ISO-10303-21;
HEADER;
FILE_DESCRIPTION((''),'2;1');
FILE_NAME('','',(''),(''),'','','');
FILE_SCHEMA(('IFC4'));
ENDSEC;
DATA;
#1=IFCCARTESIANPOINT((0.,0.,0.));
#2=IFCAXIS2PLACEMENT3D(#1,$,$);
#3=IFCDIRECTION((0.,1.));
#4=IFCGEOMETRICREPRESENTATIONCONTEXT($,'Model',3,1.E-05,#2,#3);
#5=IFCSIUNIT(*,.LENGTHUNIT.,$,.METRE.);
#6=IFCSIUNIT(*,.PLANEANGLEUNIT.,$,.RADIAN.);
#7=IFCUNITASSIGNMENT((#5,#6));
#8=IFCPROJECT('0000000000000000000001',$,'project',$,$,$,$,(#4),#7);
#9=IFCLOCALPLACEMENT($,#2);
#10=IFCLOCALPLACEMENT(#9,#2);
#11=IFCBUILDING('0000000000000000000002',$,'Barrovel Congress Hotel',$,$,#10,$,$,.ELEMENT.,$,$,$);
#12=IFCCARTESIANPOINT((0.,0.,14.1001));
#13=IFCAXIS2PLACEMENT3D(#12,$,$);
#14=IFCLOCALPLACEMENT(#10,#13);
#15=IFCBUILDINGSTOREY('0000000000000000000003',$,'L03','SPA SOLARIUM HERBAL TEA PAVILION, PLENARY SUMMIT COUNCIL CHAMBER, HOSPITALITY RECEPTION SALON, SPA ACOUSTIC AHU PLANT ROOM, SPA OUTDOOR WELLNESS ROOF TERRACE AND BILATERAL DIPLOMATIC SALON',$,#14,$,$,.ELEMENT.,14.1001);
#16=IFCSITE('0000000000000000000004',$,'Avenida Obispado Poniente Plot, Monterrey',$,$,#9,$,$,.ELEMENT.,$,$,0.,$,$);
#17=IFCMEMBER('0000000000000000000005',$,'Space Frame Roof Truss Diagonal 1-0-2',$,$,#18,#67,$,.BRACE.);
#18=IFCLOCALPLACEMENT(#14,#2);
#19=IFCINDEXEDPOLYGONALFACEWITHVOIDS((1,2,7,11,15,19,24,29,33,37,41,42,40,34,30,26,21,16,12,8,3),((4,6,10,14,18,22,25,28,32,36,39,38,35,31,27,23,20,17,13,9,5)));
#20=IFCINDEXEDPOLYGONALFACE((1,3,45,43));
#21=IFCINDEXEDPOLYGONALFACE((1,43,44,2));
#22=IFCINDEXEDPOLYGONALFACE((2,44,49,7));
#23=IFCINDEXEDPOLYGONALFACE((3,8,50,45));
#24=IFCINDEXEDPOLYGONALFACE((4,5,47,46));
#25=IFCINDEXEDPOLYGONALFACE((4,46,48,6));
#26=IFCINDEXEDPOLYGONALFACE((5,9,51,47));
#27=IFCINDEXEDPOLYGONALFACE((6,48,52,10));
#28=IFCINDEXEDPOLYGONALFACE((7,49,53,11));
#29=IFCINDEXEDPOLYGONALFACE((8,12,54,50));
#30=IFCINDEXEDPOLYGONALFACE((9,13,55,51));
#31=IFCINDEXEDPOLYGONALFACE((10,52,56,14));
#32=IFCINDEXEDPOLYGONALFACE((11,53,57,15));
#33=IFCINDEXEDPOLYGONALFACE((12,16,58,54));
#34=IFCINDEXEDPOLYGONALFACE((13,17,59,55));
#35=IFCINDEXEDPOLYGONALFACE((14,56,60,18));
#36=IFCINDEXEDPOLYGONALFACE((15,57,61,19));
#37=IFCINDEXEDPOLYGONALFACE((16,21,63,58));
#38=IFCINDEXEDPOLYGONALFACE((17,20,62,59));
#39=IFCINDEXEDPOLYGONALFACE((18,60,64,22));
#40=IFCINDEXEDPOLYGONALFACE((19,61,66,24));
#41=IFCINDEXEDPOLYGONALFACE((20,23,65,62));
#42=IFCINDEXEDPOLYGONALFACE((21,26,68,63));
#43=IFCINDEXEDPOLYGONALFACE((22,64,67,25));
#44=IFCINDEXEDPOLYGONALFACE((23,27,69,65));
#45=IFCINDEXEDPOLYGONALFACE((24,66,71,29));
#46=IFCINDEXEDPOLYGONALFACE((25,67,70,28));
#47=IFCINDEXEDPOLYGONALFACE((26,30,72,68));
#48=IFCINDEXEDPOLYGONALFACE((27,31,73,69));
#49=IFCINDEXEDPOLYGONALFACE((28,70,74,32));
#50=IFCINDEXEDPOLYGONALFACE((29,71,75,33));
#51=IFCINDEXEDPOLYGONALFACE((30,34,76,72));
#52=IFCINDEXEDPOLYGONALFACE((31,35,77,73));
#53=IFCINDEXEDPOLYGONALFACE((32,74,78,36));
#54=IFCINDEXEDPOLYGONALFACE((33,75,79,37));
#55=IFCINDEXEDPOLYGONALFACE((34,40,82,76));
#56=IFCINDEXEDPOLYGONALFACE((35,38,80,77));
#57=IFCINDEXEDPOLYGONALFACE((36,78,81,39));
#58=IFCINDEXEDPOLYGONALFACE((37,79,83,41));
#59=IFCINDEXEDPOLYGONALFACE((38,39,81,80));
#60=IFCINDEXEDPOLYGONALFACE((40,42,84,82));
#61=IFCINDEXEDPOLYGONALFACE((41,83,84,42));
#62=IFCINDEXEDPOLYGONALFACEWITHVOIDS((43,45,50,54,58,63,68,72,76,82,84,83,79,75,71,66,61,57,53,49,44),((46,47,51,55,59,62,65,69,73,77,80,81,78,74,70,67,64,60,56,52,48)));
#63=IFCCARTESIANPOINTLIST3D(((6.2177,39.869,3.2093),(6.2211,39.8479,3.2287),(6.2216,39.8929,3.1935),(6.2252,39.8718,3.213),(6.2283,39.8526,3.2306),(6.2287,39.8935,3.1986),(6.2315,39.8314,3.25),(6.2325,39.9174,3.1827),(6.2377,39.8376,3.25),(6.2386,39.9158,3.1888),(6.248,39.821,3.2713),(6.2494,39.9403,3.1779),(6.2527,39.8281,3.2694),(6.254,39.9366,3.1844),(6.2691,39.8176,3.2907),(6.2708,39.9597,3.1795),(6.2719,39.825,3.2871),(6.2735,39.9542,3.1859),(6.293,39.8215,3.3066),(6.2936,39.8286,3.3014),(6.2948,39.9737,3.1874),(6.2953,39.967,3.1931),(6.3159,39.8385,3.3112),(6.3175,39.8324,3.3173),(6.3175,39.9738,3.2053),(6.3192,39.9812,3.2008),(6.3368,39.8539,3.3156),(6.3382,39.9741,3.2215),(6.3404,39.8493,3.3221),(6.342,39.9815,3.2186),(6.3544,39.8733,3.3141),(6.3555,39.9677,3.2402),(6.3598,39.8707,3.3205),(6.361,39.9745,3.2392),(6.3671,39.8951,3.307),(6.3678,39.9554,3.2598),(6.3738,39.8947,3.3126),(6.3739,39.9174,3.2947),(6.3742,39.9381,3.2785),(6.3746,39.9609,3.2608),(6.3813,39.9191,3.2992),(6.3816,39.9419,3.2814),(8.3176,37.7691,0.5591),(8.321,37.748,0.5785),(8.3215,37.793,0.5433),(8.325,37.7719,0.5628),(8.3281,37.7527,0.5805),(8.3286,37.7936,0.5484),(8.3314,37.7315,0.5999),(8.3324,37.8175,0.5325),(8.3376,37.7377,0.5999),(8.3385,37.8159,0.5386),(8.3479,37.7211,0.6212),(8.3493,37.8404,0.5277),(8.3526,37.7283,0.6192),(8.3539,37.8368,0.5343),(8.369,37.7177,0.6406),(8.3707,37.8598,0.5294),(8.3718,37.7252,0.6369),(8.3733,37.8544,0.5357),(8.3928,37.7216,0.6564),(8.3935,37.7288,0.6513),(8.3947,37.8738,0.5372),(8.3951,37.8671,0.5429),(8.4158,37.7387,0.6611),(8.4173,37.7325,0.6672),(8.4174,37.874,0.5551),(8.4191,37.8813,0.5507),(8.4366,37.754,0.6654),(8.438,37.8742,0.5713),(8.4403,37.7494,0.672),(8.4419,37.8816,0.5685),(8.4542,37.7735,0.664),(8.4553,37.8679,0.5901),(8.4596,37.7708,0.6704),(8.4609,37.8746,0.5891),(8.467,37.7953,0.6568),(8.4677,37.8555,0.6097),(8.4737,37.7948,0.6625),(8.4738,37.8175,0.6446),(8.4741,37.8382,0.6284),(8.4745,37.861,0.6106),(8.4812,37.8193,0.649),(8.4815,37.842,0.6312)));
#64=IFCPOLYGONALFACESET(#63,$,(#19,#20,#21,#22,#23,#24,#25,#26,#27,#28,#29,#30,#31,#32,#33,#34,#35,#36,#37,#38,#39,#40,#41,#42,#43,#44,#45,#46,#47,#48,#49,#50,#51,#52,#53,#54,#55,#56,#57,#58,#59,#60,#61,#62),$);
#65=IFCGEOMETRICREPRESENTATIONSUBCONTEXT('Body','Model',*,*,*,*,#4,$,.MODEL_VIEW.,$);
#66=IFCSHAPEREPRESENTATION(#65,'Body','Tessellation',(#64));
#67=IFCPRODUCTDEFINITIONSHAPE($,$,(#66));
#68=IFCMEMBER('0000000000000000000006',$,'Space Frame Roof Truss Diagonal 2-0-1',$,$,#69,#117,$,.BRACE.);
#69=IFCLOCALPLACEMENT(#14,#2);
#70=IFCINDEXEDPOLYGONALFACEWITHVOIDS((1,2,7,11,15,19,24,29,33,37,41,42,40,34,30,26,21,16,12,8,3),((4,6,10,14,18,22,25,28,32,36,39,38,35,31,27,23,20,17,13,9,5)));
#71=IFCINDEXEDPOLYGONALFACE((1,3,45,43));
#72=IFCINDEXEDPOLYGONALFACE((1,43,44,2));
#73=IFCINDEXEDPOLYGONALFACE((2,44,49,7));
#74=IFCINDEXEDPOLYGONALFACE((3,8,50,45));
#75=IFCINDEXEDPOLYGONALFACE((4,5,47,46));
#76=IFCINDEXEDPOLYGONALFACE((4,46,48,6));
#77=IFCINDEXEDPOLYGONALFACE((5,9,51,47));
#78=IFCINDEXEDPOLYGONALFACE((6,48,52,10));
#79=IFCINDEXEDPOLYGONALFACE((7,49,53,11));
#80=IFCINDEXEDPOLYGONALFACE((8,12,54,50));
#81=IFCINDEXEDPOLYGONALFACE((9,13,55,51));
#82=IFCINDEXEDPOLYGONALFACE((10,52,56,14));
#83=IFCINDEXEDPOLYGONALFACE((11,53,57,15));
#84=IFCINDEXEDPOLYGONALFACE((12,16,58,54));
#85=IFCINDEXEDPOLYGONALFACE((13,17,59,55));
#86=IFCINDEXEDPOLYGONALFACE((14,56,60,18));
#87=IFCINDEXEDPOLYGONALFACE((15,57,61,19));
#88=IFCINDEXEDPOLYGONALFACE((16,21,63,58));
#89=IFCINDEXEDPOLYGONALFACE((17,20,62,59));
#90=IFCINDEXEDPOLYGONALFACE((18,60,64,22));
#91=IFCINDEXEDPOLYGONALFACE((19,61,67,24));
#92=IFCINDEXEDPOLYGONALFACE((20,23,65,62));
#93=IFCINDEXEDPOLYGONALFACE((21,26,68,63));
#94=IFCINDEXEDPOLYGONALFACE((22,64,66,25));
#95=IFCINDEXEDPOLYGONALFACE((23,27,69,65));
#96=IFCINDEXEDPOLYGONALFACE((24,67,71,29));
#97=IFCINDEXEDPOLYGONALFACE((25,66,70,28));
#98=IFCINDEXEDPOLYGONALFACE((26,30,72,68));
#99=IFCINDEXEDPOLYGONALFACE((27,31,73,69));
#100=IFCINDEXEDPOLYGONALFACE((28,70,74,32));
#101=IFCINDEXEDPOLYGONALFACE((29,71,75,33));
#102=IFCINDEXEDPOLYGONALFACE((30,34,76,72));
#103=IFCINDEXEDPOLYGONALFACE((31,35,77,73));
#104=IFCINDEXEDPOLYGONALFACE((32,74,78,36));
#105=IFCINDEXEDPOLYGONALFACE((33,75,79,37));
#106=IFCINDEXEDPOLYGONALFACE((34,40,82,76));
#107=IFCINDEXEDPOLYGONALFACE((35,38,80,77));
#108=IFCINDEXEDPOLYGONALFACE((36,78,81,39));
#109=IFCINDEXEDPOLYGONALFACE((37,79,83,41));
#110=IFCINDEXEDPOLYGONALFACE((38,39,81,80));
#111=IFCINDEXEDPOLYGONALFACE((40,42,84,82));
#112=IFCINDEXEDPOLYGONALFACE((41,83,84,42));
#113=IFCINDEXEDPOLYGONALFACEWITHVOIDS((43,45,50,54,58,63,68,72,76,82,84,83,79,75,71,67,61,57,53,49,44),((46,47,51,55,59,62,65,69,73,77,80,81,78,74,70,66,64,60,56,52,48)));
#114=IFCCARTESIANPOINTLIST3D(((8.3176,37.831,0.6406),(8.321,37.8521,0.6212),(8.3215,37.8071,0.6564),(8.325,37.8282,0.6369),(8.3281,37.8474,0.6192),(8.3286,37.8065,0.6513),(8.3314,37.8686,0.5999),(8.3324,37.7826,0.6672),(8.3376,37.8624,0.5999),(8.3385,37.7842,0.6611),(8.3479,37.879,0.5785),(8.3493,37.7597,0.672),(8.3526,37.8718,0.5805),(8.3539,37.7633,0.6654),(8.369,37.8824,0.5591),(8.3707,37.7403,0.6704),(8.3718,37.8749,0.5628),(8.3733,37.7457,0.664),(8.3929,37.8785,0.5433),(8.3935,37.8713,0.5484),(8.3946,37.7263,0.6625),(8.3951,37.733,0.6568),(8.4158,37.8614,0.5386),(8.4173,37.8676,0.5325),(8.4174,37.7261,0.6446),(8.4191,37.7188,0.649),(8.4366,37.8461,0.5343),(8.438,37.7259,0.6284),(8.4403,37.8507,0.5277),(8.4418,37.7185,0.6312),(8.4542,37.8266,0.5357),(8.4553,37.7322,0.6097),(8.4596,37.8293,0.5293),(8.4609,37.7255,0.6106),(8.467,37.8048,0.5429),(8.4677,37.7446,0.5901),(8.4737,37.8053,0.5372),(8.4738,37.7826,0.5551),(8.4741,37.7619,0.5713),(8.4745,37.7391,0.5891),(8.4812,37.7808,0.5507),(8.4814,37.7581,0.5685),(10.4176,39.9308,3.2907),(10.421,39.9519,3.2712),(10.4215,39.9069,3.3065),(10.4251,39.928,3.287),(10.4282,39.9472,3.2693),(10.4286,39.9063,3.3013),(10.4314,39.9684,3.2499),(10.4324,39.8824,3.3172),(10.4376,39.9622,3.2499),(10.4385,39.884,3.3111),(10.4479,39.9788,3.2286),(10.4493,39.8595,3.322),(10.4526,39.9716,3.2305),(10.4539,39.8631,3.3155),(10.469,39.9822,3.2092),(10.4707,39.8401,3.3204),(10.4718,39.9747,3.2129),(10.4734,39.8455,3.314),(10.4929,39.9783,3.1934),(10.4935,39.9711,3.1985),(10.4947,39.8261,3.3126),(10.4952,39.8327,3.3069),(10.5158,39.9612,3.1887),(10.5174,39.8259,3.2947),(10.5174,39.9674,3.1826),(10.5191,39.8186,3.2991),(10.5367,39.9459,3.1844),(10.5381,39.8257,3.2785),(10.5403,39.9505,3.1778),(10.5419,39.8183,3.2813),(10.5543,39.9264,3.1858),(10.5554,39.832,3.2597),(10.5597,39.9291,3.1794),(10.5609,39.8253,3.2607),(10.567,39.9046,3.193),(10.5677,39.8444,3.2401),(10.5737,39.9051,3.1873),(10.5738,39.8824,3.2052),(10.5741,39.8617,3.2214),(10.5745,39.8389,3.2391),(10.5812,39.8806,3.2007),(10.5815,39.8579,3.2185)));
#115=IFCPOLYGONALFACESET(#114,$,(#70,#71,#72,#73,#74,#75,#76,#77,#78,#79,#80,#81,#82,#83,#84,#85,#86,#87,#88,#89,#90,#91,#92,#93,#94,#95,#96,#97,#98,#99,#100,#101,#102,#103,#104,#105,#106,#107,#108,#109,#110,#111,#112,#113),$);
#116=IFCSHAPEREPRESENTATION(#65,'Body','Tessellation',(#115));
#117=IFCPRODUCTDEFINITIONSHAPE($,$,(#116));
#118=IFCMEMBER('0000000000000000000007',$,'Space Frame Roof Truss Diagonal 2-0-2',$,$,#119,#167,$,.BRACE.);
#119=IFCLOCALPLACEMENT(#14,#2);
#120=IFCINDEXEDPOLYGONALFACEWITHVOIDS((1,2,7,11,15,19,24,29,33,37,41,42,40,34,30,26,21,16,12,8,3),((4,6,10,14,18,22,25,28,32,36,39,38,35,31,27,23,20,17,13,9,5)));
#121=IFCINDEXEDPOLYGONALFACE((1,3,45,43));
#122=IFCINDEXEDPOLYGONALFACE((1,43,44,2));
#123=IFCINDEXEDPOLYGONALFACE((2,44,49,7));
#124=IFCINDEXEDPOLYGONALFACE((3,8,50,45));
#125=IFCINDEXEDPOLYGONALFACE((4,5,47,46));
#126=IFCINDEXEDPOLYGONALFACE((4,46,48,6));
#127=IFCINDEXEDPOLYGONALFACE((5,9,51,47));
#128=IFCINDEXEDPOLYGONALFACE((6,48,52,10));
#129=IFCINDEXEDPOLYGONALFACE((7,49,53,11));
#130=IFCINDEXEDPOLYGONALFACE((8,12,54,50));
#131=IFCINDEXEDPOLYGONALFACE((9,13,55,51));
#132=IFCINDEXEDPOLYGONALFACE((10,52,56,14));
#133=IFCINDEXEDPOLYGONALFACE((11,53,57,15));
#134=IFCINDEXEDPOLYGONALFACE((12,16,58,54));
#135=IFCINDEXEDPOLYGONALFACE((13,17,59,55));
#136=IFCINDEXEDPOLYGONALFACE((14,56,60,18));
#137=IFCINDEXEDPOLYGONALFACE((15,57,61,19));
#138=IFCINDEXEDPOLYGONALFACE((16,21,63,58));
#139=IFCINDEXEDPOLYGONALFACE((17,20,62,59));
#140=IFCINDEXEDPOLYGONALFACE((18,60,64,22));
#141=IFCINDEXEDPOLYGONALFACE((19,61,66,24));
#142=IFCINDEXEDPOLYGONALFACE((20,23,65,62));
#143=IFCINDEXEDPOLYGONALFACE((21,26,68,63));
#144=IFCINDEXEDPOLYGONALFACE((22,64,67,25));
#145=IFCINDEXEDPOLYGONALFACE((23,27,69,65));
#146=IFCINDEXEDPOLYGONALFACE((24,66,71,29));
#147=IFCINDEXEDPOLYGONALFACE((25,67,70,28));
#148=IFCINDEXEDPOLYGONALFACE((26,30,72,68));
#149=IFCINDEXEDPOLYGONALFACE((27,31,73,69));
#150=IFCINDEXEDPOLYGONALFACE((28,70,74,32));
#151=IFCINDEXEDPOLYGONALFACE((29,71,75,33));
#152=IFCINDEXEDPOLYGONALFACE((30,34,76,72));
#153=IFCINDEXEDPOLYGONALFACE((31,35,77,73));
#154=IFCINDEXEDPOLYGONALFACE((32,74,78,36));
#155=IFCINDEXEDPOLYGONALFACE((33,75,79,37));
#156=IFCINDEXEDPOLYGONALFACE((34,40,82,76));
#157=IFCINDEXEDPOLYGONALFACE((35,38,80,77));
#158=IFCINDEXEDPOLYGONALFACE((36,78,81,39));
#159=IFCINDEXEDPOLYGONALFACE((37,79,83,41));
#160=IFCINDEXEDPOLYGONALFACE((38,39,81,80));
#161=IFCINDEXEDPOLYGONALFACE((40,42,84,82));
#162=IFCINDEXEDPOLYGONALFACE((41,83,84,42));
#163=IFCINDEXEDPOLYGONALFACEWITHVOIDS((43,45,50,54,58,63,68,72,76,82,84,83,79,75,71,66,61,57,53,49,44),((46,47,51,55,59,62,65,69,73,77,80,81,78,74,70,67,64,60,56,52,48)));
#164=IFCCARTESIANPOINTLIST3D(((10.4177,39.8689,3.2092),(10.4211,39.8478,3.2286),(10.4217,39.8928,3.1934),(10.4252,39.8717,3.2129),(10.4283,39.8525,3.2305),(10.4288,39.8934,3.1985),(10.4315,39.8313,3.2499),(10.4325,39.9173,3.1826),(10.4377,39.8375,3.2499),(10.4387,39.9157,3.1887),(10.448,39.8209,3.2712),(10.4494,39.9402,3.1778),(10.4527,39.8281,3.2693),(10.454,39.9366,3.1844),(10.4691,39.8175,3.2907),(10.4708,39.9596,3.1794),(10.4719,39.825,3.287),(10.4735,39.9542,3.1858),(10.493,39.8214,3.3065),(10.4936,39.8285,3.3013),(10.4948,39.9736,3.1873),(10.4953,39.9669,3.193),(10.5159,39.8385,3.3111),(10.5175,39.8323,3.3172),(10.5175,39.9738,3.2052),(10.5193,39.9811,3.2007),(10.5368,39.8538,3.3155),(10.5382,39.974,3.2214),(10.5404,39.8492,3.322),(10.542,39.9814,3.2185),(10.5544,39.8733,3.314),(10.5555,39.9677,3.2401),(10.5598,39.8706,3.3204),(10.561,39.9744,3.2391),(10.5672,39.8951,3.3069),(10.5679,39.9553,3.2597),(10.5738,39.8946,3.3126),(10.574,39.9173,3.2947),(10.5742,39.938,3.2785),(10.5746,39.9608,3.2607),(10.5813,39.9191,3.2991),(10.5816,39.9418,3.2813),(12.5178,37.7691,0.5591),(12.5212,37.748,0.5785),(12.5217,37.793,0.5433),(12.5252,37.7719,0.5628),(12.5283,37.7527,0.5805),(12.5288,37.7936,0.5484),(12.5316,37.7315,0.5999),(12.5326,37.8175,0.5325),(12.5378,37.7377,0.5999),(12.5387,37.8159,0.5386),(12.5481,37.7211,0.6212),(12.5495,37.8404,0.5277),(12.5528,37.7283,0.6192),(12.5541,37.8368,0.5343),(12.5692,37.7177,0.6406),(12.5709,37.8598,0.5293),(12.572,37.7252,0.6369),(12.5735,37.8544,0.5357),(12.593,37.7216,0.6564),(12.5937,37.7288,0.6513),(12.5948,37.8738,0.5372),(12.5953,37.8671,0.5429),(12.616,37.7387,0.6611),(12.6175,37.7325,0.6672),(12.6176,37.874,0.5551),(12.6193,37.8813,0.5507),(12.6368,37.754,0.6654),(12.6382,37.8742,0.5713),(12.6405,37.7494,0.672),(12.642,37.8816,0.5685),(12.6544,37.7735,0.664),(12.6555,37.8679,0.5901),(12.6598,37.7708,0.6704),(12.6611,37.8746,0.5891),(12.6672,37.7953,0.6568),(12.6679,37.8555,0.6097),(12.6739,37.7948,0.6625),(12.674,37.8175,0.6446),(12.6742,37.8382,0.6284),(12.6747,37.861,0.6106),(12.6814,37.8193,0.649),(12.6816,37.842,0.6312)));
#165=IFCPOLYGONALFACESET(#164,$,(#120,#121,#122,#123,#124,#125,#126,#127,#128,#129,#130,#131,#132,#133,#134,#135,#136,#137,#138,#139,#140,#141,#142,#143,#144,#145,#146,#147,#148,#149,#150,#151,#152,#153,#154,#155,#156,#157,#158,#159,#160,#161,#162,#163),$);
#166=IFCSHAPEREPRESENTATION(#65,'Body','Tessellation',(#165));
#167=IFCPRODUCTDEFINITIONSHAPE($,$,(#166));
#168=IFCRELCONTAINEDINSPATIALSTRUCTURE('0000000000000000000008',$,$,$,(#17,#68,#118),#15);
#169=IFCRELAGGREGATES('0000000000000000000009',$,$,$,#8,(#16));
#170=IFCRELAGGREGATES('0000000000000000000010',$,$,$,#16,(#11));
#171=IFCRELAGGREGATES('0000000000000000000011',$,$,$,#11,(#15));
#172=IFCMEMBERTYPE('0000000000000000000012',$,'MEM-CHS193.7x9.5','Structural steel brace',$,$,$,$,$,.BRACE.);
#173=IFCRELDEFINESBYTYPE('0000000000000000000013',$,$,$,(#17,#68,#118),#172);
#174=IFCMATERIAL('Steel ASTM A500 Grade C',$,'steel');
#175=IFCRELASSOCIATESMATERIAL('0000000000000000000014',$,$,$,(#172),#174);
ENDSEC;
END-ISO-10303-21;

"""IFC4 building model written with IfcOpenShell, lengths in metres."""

from ifc_helpers import new_model, si_unit, direction, frame, origin, origin_2d, place, context, subcontext, project, spatial, hollow_circle, extrude, material, material_profile, profile_set, type_object, element, save


model = new_model("IFC4")

# Units and contexts
model_context = context("Model", 3, precision=1e-05, world=origin(), true_north=direction((0.0, 1.0)))
body_context = subcontext(model_context, "Body", "Model", "MODEL_VIEW")
ifc_project = project(units=[si_unit("LENGTHUNIT", "METRE"), si_unit("PLANEANGLEUNIT", "RADIAN")], contexts=[model_context])

# Site, building, storey
site_placement = place(None, origin())
site = spatial("IfcSite", under=ifc_project, at=site_placement, Name="Avenida Obispado Poniente Plot, Monterrey", CompositionType="ELEMENT", RefElevation=0.0)
building_placement = place(site_placement, origin())
building = spatial("IfcBuilding", under=site, at=building_placement, Name="Barrovel Congress Hotel", CompositionType="ELEMENT")
storey_placement = place(building_placement, frame((0.0, 0.0, 14.1001)))
storey = spatial("IfcBuildingStorey", under=building, at=storey_placement, Name="L03", Description="SPA SOLARIUM HERBAL TEA PAVILION, PLENARY SUMMIT COUNCIL CHAMBER, HOSPITALITY RECEPTION SALON, SPA ACOUSTIC AHU PLANT ROOM, SPA OUTDOOR WELLNESS ROOF TERRACE AND BILATERAL DIPLOMATIC SALON", CompositionType="ELEMENT", Elevation=14.1001)

# Members
ifc_material_1 = material(Name="Steel ASTM A500 Grade C", Category="steel")
ifc_material_profile_1 = material_profile(ifc_material_1, hollow_circle(Radius=0.0969, WallThickness=0.0088, at=origin_2d()), Name="CHS193.7x9.5")
ifc_profile_set_1 = profile_set([ifc_material_profile_1], Name="Steel ASTM A500 Grade C")
member_type_1 = type_object("IfcMemberType", Name="MEM-CHS193.7x9.5", Description="Structural steel brace", PredefinedType="BRACE", material=ifc_profile_set_1)
for number, where, z_axis, x_axis, name in (
    (1, (8.3999, 37.8, 0.5999), (-0.527574, 0.527574, 0.665831), (-0.707107, -0.707107, 0.0), "Space Frame Roof Truss Diagonal 1-0-2"),
    (2, (8.3999, 37.8, 0.5999), (0.527618, 0.527557, 0.66581), (-0.707066, 0.707148, 0.0), "Space Frame Roof Truss Diagonal 2-0-1"),
    (3, (12.6001, 37.8, 0.5999), (-0.527618, 0.527557, 0.66581), (-0.707066, -0.707148, 0.0), "Space Frame Roof Truss Diagonal 2-0-2"),
):
    element("IfcMember", number, at=place(storey_placement, frame(where, z_axis=z_axis, x_axis=x_axis)), inside=storey, type_object=member_type_1, Name=name, PredefinedType="BRACE", context=body_context, shape_type="SweptSolid", body=[
        extrude(hollow_circle(Radius=0.0969, WallThickness=0.0088, at=origin_2d()), origin(), (0.0, 0.0, 1.0), 3.9802),
    ])

save(model, "model.ifc")
